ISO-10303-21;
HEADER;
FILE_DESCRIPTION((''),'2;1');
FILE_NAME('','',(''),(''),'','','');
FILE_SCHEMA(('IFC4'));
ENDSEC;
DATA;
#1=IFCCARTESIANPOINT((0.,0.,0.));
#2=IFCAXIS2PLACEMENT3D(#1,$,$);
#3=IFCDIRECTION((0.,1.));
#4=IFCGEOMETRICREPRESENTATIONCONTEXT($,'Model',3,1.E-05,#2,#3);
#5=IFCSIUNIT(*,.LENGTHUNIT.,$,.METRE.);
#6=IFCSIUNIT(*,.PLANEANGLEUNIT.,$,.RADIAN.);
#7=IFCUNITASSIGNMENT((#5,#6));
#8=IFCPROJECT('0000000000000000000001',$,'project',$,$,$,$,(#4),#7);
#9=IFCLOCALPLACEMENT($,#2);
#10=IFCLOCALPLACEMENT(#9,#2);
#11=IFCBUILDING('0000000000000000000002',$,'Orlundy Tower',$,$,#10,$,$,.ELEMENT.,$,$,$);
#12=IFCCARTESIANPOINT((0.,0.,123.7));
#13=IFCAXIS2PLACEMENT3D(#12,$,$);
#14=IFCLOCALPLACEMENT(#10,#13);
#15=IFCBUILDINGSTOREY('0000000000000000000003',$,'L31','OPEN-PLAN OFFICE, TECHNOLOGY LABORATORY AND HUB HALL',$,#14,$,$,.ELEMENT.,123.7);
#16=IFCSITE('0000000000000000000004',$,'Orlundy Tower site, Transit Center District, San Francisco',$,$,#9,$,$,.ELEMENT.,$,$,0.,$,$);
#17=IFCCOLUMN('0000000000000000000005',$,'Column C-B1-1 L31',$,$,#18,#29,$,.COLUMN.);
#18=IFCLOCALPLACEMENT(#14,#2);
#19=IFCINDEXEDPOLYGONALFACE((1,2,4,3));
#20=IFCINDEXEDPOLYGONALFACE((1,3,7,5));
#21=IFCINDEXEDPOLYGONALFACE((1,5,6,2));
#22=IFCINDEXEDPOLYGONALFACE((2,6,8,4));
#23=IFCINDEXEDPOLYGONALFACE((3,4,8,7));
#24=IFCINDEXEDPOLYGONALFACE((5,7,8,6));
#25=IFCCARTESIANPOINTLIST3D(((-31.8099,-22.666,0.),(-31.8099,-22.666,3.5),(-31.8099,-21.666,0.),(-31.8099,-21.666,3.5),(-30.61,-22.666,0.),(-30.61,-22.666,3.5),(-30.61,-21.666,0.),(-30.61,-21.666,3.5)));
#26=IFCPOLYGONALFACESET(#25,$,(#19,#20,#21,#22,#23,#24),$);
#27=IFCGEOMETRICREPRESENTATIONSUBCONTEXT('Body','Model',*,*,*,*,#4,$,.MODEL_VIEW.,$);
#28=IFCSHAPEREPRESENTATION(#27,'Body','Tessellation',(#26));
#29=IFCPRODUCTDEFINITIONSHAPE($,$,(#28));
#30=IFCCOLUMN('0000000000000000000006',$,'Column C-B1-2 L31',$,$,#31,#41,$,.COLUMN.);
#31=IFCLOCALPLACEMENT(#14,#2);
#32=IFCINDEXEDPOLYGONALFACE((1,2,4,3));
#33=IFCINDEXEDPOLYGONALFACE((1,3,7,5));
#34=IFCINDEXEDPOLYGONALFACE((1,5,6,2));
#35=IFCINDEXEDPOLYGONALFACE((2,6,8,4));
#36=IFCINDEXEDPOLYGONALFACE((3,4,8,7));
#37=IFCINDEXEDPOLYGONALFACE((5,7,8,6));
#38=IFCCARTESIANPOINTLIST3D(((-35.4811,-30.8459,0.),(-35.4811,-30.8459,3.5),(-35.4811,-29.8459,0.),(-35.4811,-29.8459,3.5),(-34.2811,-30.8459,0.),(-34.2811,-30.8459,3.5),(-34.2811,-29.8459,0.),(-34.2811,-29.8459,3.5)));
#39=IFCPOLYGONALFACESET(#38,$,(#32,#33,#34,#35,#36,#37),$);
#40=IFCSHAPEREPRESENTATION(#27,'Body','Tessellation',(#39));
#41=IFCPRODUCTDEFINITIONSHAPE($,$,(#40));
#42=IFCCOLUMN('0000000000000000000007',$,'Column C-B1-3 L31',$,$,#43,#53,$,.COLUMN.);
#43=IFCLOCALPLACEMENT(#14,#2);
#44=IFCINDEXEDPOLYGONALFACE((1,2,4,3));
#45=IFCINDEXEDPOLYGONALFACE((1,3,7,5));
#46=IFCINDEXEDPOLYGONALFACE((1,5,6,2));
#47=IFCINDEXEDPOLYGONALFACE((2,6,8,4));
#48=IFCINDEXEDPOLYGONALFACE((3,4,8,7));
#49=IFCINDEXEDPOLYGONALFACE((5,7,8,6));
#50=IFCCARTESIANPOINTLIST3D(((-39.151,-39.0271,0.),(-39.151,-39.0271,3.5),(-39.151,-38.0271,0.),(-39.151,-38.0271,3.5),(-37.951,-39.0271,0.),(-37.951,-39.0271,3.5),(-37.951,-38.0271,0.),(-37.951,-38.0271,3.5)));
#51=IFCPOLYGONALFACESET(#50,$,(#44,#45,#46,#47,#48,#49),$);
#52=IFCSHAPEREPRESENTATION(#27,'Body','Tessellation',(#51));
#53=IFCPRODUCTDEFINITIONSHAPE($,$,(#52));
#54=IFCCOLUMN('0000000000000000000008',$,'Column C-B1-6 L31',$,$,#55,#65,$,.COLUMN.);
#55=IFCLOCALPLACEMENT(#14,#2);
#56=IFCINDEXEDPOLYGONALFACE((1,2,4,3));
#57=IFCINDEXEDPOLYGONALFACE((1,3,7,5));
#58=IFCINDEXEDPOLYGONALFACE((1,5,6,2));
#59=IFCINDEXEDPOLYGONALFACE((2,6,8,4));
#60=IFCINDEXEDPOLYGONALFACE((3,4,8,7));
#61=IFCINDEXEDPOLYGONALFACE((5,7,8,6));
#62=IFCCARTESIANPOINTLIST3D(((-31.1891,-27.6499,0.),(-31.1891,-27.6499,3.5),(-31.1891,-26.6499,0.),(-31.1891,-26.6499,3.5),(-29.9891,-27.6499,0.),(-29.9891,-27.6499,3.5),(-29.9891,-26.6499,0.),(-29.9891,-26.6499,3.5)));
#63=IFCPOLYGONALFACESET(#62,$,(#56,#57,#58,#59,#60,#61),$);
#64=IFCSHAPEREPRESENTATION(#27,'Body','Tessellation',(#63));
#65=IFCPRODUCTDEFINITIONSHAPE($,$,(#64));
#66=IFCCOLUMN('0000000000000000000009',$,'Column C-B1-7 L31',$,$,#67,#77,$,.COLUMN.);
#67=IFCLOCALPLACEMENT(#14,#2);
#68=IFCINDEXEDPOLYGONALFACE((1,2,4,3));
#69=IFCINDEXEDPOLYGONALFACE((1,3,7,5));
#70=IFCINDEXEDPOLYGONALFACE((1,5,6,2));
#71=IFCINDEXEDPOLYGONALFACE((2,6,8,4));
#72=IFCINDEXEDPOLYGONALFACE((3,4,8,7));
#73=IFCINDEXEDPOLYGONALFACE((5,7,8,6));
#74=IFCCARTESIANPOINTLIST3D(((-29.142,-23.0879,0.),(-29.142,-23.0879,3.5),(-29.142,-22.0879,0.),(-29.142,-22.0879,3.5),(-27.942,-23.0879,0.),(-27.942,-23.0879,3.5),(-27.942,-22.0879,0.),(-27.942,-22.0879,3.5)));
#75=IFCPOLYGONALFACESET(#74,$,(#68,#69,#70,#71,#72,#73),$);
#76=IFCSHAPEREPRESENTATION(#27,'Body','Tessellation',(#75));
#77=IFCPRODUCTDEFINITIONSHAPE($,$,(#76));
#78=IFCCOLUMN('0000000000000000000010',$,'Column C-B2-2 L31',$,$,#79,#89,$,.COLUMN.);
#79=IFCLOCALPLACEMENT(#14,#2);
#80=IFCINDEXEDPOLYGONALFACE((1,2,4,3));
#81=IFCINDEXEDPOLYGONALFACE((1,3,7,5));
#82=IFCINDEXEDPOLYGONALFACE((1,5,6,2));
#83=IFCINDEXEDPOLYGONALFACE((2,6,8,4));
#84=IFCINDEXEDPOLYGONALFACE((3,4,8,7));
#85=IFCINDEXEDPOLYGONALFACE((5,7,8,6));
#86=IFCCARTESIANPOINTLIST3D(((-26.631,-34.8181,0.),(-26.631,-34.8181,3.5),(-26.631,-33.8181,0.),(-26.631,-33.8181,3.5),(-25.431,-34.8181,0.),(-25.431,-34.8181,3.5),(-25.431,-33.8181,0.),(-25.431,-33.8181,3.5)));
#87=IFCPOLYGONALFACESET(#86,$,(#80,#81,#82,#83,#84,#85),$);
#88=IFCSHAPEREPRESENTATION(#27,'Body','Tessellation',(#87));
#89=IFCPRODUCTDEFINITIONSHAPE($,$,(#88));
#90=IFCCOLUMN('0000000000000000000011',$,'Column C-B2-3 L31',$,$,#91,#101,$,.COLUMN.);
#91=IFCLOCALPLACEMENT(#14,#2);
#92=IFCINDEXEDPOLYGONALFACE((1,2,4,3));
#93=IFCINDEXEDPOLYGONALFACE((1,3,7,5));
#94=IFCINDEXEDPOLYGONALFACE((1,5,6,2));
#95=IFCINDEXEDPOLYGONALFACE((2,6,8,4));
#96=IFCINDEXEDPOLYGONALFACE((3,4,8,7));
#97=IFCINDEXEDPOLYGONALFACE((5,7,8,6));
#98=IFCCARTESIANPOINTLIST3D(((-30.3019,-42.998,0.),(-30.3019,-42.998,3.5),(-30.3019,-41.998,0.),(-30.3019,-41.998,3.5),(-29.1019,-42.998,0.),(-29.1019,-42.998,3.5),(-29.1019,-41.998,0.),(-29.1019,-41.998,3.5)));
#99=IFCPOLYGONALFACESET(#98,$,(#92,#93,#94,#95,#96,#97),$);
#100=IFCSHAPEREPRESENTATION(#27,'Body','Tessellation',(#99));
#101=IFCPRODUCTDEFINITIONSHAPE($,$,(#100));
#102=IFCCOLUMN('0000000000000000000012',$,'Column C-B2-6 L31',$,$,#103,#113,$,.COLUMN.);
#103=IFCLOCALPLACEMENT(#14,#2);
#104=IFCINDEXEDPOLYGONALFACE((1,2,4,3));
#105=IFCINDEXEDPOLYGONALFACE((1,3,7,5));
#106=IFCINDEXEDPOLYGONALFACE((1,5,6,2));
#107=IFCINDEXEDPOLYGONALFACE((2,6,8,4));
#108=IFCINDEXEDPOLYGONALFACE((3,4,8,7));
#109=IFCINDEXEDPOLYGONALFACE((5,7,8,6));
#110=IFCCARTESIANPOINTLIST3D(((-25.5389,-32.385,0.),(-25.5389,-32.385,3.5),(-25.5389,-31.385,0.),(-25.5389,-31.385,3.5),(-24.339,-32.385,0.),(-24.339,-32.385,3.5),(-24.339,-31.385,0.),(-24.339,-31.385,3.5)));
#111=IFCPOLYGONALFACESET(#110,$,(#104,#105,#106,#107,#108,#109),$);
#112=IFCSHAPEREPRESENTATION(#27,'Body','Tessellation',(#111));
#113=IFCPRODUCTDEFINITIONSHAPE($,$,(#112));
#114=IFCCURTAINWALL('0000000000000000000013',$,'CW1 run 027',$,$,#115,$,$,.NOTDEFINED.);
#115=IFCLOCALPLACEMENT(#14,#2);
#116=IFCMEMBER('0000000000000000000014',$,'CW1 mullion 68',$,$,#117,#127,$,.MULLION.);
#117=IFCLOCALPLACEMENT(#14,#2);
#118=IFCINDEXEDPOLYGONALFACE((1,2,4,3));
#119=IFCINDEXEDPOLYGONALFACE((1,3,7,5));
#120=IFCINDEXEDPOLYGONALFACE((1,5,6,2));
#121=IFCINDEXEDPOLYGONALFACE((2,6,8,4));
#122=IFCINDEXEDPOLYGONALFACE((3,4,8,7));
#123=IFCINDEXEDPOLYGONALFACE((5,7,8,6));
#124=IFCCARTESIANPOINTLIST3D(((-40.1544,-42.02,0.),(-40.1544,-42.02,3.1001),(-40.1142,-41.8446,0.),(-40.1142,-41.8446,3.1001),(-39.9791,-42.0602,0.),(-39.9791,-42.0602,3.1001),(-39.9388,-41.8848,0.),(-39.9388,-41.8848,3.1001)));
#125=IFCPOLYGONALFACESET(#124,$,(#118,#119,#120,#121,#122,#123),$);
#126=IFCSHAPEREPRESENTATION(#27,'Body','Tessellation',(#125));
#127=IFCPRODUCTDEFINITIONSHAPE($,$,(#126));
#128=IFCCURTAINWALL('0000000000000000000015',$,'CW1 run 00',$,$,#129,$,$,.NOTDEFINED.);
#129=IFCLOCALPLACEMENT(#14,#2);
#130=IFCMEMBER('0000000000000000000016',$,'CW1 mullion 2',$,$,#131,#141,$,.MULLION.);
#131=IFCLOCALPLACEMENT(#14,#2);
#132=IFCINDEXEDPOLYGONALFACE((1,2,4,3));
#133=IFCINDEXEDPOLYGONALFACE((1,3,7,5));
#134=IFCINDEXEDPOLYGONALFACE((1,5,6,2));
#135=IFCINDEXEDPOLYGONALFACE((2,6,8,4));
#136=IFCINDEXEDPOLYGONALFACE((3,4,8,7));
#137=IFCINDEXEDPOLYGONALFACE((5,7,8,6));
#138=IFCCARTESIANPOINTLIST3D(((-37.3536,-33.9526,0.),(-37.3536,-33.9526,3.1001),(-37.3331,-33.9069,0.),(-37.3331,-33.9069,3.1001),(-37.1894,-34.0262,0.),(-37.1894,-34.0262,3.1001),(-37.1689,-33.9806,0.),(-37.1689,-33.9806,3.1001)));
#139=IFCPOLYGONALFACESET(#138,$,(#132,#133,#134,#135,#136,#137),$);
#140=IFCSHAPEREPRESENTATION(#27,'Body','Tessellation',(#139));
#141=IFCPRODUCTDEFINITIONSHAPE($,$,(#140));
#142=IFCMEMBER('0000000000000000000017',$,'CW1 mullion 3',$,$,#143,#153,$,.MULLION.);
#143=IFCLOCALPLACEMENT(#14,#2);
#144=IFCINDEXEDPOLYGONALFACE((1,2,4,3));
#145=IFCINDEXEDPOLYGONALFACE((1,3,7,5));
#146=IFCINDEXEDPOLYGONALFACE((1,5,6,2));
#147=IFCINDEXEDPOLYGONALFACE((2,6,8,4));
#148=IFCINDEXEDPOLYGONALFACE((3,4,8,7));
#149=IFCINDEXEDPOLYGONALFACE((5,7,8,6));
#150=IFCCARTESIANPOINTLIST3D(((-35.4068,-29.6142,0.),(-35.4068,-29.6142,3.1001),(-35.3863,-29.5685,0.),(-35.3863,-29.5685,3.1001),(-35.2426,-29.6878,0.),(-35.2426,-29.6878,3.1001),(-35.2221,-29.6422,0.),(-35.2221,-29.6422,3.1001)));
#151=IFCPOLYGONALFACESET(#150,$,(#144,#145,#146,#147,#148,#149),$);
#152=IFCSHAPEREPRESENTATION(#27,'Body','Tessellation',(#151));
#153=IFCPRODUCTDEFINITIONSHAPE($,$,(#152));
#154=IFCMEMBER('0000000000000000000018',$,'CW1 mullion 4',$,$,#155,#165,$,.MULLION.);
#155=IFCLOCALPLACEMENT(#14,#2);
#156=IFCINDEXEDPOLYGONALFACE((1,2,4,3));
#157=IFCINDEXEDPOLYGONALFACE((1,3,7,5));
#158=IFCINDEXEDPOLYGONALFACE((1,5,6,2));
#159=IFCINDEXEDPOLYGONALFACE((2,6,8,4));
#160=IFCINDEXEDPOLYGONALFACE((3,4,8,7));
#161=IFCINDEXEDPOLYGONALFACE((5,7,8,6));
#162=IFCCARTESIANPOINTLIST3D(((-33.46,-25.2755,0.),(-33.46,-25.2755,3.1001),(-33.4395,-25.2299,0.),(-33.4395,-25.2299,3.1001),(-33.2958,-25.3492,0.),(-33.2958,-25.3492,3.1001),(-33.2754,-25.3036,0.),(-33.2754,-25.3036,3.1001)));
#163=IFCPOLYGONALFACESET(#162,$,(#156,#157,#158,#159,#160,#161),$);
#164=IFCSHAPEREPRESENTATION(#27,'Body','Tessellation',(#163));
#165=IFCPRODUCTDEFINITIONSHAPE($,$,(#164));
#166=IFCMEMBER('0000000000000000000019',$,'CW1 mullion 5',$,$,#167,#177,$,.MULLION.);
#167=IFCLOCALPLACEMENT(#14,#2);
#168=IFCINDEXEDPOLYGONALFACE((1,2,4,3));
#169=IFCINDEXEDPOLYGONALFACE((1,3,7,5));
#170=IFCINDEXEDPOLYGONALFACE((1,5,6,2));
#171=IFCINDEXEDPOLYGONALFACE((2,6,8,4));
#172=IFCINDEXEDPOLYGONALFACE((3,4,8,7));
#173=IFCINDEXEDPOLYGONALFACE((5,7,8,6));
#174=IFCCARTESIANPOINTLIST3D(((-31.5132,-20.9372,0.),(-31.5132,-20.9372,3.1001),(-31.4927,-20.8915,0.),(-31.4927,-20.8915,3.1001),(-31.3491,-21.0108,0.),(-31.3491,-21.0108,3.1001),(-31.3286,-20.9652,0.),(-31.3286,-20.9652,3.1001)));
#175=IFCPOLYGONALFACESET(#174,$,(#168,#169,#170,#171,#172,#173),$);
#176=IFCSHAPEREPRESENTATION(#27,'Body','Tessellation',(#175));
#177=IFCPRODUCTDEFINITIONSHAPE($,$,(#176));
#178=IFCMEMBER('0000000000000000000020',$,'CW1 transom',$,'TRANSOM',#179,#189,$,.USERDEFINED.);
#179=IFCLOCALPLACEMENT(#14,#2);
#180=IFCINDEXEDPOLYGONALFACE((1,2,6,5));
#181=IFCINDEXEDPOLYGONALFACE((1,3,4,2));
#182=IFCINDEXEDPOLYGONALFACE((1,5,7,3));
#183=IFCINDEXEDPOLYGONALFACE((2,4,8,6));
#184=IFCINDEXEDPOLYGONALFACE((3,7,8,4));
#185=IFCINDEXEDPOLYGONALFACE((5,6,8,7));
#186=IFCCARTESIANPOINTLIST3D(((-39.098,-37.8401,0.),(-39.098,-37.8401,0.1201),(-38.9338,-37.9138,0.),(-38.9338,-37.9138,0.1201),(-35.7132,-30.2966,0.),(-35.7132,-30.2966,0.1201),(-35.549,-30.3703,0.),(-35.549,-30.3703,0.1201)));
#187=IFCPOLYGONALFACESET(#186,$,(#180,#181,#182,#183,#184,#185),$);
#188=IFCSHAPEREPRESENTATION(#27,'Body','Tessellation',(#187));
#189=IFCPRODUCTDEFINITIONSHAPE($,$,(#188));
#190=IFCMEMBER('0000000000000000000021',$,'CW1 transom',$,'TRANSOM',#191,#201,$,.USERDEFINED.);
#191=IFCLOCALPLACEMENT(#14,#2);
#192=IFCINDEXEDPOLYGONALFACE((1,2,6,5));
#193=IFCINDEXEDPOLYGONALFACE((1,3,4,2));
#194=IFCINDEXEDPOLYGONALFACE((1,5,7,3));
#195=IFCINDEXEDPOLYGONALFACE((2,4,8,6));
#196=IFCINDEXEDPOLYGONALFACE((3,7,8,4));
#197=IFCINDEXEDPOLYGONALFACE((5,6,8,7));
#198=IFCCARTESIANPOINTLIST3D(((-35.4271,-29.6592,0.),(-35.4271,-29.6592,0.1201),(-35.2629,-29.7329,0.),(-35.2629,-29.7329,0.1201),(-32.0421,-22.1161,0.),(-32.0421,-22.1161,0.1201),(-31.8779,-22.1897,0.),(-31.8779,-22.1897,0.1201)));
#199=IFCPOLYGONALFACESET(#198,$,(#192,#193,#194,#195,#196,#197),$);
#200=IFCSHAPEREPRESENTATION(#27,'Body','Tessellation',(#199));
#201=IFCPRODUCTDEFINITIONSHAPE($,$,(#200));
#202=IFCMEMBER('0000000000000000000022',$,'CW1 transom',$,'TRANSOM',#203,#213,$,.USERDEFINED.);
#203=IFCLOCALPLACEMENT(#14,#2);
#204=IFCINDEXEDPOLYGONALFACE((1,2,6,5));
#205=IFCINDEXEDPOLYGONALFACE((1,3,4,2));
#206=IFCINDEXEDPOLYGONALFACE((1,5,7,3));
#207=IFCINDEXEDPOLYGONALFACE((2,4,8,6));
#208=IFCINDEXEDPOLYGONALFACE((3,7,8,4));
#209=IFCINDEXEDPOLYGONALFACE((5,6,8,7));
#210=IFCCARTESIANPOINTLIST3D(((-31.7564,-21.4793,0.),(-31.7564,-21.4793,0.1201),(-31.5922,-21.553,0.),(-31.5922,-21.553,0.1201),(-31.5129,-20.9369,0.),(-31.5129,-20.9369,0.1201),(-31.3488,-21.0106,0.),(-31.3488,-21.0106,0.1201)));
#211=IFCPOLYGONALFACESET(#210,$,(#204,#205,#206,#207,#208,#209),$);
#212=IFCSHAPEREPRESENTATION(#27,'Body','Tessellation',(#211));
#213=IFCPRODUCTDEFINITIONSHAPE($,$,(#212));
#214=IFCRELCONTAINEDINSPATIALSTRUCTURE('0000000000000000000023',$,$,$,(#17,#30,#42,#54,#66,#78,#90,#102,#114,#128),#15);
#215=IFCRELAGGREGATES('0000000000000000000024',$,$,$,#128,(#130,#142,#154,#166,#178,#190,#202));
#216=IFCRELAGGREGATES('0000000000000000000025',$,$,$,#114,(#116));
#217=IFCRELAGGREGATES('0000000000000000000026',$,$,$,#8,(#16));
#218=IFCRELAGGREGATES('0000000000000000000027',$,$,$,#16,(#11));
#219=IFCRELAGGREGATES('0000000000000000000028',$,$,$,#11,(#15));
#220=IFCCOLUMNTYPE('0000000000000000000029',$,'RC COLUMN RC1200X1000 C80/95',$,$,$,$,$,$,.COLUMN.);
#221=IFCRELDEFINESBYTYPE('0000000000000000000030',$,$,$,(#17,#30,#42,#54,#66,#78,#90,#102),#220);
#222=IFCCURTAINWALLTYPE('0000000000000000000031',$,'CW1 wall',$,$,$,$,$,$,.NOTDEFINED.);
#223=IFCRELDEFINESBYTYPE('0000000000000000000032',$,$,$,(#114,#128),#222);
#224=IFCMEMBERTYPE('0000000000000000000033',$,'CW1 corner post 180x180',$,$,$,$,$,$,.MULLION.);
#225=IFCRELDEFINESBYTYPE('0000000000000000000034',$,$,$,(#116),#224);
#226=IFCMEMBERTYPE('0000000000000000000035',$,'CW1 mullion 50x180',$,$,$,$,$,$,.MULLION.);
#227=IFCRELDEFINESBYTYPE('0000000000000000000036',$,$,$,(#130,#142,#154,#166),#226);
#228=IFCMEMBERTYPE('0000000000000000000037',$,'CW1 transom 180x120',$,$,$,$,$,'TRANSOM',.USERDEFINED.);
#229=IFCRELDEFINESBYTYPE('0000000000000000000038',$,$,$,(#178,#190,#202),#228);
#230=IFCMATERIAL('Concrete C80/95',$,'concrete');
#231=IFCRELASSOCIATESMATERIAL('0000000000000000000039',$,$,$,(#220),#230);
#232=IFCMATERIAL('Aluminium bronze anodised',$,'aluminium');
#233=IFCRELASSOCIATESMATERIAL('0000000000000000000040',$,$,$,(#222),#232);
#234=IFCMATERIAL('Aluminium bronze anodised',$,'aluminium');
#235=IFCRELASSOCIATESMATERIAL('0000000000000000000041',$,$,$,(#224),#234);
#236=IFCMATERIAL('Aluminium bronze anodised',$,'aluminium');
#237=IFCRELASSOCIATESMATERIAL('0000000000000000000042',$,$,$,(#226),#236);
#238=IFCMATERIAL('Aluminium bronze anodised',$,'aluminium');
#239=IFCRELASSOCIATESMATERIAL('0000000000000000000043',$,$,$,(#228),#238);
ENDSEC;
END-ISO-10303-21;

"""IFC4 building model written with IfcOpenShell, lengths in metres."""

from ifc_helpers import new_model, si_unit, direction, frame, origin, origin_2d, place, context, subcontext, project, spatial, rectangle, extrude, material, material_profile, profile_set, type_object, element, aggregate, save


model = new_model("IFC4")

# Units and contexts
model_context = context("Model", 3, precision=1e-05, world=origin(), true_north=direction((0.0, 1.0)))
body_context = subcontext(model_context, "Body", "Model", "MODEL_VIEW")
ifc_project = project(units=[si_unit("LENGTHUNIT", "METRE"), si_unit("PLANEANGLEUNIT", "RADIAN")], contexts=[model_context])

# Site, building, storey
site_placement = place(None, origin())
site = spatial("IfcSite", under=ifc_project, at=site_placement, Name="Orlundy Tower site, Transit Center District, San Francisco", CompositionType="ELEMENT", RefElevation=0.0)
building_placement = place(site_placement, origin())
building = spatial("IfcBuilding", under=site, at=building_placement, Name="Orlundy Tower", CompositionType="ELEMENT")
storey_placement = place(building_placement, frame((0.0, 0.0, 123.7)))
storey = spatial("IfcBuildingStorey", under=building, at=storey_placement, Name="L31", Description="OPEN-PLAN OFFICE, TECHNOLOGY LABORATORY AND HUB HALL", CompositionType="ELEMENT", Elevation=123.7)

# Columns
ifc_material_1 = material(Name="Concrete C80/95", Category="concrete")
ifc_material_profile_1 = material_profile(ifc_material_1, rectangle(XDim=1.2, YDim=1.0, at=origin_2d()), Name="RC1200X1000")
ifc_profile_set_1 = profile_set([ifc_material_profile_1], Name="Concrete C80/95")
column_type = type_object("IfcColumnType", Name="RC COLUMN RC1200X1000 C80/95", PredefinedType="COLUMN", material=ifc_profile_set_1)
for number, where, z_axis, x_axis, name in (
    (1, (-31.21, -22.166, 0.0), (0.0, 0.0, 1.0), (1.0, 0.0, 0.0), "Column C-B1-1 L31"),
    (2, (-34.8811, -30.3459, 0.0), (0.0, 0.0, 1.0), (1.0, 0.0, 0.0), "Column C-B1-2 L31"),
    (3, (-38.551, -38.5271, 0.0), (0.0, 0.0, 1.0), (1.0, 0.0, 0.0), "Column C-B1-3 L31"),
    (4, (-30.5891, -27.1499, 0.0), (0.0, 0.0, 1.0), (1.0, 0.0, 0.0), "Column C-B1-6 L31"),
    (5, (-28.542, -22.5879, 0.0), (0.0, 0.0, 1.0), (1.0, 0.0, 0.0), "Column C-B1-7 L31"),
    (6, (-26.031, -34.3181, 0.0), (0.0, 0.0, 1.0), (1.0, 0.0, 0.0), "Column C-B2-2 L31"),
    (7, (-29.7019, -42.498, 0.0), (0.0, 0.0, 1.0), (1.0, 0.0, 0.0), "Column C-B2-3 L31"),
    (8, (-24.939, -31.885, 0.0), (0.0, 0.0, 1.0), (1.0, 0.0, 0.0), "Column C-B2-6 L31"),
):
    element("IfcColumn", number, at=place(storey_placement, frame(where, z_axis=z_axis, x_axis=x_axis)), inside=storey, type_object=column_type, Name=name, PredefinedType="COLUMN", context=body_context, shape_type="SweptSolid", body=[
        extrude(rectangle(XDim=1.2, YDim=1.0, at=origin_2d()), origin(), (0.0, 0.0, 1.0), 3.5),
    ])

# Curtain wall, member
ifc_material_2 = material(Name="Aluminium bronze anodised", Category="aluminium")
curtain_wall_type = type_object("IfcCurtainWallType", Name="CW1 wall", PredefinedType="NOTDEFINED", material=ifc_material_2)
curtain_wall_1_placement = place(storey_placement, origin())
curtain_wall_1 = element("IfcCurtainWall", 9, at=curtain_wall_1_placement, inside=storey, type_object=curtain_wall_type, Name="CW1 run 027", PredefinedType="NOTDEFINED")
ifc_material_3 = material(Name="Aluminium bronze anodised", Category="aluminium")
ifc_material_profile_2 = material_profile(ifc_material_3, rectangle(XDim=0.1799, YDim=0.1799, at=origin_2d()), Name="CW1 corner post 180x180")
ifc_profile_set_2 = profile_set([ifc_material_profile_2], Name="Aluminium bronze anodised")
member_type_1 = type_object("IfcMemberType", Name="CW1 corner post 180x180", PredefinedType="MULLION", material=ifc_profile_set_2)
member_1_placement = place(storey_placement, frame((-40.0466, -41.9524, 0.0), z_axis=(0.0, 0.0, 1.0), x_axis=(-0.974672, 0.223638, 0.0)))
member_1 = element("IfcMember", 10, at=member_1_placement, type_object=member_type_1, Name="CW1 mullion 68", PredefinedType="MULLION", context=body_context, shape_type="SweptSolid", body=[
    extrude(rectangle(XDim=0.1799, YDim=0.1799, at=origin_2d()), origin(), (0.0, 0.0, 1.0), 3.1001),
])

# Curtain wall, members
curtain_wall_2_placement = place(storey_placement, origin())
curtain_wall_2 = element("IfcCurtainWall", 11, at=curtain_wall_2_placement, inside=storey, type_object=curtain_wall_type, Name="CW1 run 00", PredefinedType="NOTDEFINED")
ifc_material_4 = material(Name="Aluminium bronze anodised", Category="aluminium")
ifc_material_profile_3 = material_profile(ifc_material_4, rectangle(XDim=0.1799, YDim=0.05, at=origin_2d()), Name="CW1 mullion 50x180")
ifc_profile_set_3 = profile_set([ifc_material_profile_3], Name="Aluminium bronze anodised")
member_type_2 = type_object("IfcMemberType", Name="CW1 mullion 50x180", PredefinedType="MULLION", material=ifc_profile_set_3)
member_2_placement = place(storey_placement, frame((-37.2612, -33.9666, 0.0), z_axis=(0.0, 0.0, 1.0), x_axis=(-0.912353, 0.409404, 0.0)))
member_2 = element("IfcMember", 12, at=member_2_placement, type_object=member_type_2, Name="CW1 mullion 2", PredefinedType="MULLION", context=body_context, shape_type="SweptSolid", body=[
    extrude(rectangle(XDim=0.1799, YDim=0.05, at=origin_2d()), origin(), (0.0, 0.0, 1.0), 3.1001),
])
member_3_placement = place(storey_placement, frame((-35.3145, -29.6282, 0.0), z_axis=(0.0, 0.0, 1.0), x_axis=(-0.912353, 0.409404, 0.0)))
member_3 = element("IfcMember", 13, at=member_3_placement, type_object=member_type_2, Name="CW1 mullion 3", PredefinedType="MULLION", context=body_context, shape_type="SweptSolid", body=[
    extrude(rectangle(XDim=0.1799, YDim=0.05, at=origin_2d()), origin(), (0.0, 0.0, 1.0), 3.1001),
])
member_4_placement = place(storey_placement, frame((-33.3677, -25.2896, 0.0), z_axis=(0.0, 0.0, 1.0), x_axis=(-0.912353, 0.409404, 0.0)))
member_4 = element("IfcMember", 14, at=member_4_placement, type_object=member_type_2, Name="CW1 mullion 4", PredefinedType="MULLION", context=body_context, shape_type="SweptSolid", body=[
    extrude(rectangle(XDim=0.1799, YDim=0.05, at=origin_2d()), origin(), (0.0, 0.0, 1.0), 3.1001),
])
member_5_placement = place(storey_placement, frame((-31.4209, -20.9512, 0.0), z_axis=(0.0, 0.0, 1.0), x_axis=(-0.912353, 0.409404, 0.0)))
member_5 = element("IfcMember", 15, at=member_5_placement, type_object=member_type_2, Name="CW1 mullion 5", PredefinedType="MULLION", context=body_context, shape_type="SweptSolid", body=[
    extrude(rectangle(XDim=0.1799, YDim=0.05, at=origin_2d()), origin(), (0.0, 0.0, 1.0), 3.1001),
])
ifc_material_5 = material(Name="Aluminium bronze anodised", Category="aluminium")
ifc_material_profile_4 = material_profile(ifc_material_5, rectangle(XDim=0.1799, YDim=0.1201, at=origin_2d()), Name="CW1 transom 180x120")
ifc_profile_set_4 = profile_set([ifc_material_profile_4], Name="Aluminium bronze anodised")
member_type_3 = type_object("IfcMemberType", Name="CW1 transom 180x120", ElementType="TRANSOM", PredefinedType="USERDEFINED", material=ifc_profile_set_4)
member_6_placement = place(storey_placement, frame((-39.0159, -37.877, 0.0601), z_axis=(0.40938, 0.912364, 0.0), x_axis=(-0.912364, 0.40938, 0.0)))
member_6 = element("IfcMember", 16, at=member_6_placement, type_object=member_type_3, Name="CW1 transom", ObjectType="TRANSOM", PredefinedType="USERDEFINED", context=body_context, shape_type="SweptSolid", body=[
    extrude(rectangle(XDim=0.1799, YDim=0.1201, at=origin_2d()), origin(), (0.0, 0.0, 1.0), 8.2681),
])
member_7_placement = place(storey_placement, frame((-35.345, -29.696, 0.0601), z_axis=(0.409415, 0.912348, 0.0), x_axis=(-0.912348, 0.409415, 0.0)))
member_7 = element("IfcMember", 17, at=member_7_placement, type_object=member_type_3, Name="CW1 transom", ObjectType="TRANSOM", PredefinedType="USERDEFINED", context=body_context, shape_type="SweptSolid", body=[
    extrude(rectangle(XDim=0.1799, YDim=0.1201, at=origin_2d()), origin(), (0.0, 0.0, 1.0), 8.2678),
])
member_8_placement = place(storey_placement, frame((-31.6743, -21.5161, 0.0601), z_axis=(0.409528, 0.912298, 0.0), x_axis=(-0.912298, 0.409528, 0.0)))
member_8 = element("IfcMember", 18, at=member_8_placement, type_object=member_type_3, Name="CW1 transom", ObjectType="TRANSOM", PredefinedType="USERDEFINED", context=body_context, shape_type="SweptSolid", body=[
    extrude(rectangle(XDim=0.1799, YDim=0.1201, at=origin_2d()), origin(), (0.0, 0.0, 1.0), 0.5945),
])

aggregate(curtain_wall_2, [member_2, member_3, member_4, member_5, member_6, member_7, member_8])

aggregate(curtain_wall_1, [member_1])

save(model, "model.ifc")
